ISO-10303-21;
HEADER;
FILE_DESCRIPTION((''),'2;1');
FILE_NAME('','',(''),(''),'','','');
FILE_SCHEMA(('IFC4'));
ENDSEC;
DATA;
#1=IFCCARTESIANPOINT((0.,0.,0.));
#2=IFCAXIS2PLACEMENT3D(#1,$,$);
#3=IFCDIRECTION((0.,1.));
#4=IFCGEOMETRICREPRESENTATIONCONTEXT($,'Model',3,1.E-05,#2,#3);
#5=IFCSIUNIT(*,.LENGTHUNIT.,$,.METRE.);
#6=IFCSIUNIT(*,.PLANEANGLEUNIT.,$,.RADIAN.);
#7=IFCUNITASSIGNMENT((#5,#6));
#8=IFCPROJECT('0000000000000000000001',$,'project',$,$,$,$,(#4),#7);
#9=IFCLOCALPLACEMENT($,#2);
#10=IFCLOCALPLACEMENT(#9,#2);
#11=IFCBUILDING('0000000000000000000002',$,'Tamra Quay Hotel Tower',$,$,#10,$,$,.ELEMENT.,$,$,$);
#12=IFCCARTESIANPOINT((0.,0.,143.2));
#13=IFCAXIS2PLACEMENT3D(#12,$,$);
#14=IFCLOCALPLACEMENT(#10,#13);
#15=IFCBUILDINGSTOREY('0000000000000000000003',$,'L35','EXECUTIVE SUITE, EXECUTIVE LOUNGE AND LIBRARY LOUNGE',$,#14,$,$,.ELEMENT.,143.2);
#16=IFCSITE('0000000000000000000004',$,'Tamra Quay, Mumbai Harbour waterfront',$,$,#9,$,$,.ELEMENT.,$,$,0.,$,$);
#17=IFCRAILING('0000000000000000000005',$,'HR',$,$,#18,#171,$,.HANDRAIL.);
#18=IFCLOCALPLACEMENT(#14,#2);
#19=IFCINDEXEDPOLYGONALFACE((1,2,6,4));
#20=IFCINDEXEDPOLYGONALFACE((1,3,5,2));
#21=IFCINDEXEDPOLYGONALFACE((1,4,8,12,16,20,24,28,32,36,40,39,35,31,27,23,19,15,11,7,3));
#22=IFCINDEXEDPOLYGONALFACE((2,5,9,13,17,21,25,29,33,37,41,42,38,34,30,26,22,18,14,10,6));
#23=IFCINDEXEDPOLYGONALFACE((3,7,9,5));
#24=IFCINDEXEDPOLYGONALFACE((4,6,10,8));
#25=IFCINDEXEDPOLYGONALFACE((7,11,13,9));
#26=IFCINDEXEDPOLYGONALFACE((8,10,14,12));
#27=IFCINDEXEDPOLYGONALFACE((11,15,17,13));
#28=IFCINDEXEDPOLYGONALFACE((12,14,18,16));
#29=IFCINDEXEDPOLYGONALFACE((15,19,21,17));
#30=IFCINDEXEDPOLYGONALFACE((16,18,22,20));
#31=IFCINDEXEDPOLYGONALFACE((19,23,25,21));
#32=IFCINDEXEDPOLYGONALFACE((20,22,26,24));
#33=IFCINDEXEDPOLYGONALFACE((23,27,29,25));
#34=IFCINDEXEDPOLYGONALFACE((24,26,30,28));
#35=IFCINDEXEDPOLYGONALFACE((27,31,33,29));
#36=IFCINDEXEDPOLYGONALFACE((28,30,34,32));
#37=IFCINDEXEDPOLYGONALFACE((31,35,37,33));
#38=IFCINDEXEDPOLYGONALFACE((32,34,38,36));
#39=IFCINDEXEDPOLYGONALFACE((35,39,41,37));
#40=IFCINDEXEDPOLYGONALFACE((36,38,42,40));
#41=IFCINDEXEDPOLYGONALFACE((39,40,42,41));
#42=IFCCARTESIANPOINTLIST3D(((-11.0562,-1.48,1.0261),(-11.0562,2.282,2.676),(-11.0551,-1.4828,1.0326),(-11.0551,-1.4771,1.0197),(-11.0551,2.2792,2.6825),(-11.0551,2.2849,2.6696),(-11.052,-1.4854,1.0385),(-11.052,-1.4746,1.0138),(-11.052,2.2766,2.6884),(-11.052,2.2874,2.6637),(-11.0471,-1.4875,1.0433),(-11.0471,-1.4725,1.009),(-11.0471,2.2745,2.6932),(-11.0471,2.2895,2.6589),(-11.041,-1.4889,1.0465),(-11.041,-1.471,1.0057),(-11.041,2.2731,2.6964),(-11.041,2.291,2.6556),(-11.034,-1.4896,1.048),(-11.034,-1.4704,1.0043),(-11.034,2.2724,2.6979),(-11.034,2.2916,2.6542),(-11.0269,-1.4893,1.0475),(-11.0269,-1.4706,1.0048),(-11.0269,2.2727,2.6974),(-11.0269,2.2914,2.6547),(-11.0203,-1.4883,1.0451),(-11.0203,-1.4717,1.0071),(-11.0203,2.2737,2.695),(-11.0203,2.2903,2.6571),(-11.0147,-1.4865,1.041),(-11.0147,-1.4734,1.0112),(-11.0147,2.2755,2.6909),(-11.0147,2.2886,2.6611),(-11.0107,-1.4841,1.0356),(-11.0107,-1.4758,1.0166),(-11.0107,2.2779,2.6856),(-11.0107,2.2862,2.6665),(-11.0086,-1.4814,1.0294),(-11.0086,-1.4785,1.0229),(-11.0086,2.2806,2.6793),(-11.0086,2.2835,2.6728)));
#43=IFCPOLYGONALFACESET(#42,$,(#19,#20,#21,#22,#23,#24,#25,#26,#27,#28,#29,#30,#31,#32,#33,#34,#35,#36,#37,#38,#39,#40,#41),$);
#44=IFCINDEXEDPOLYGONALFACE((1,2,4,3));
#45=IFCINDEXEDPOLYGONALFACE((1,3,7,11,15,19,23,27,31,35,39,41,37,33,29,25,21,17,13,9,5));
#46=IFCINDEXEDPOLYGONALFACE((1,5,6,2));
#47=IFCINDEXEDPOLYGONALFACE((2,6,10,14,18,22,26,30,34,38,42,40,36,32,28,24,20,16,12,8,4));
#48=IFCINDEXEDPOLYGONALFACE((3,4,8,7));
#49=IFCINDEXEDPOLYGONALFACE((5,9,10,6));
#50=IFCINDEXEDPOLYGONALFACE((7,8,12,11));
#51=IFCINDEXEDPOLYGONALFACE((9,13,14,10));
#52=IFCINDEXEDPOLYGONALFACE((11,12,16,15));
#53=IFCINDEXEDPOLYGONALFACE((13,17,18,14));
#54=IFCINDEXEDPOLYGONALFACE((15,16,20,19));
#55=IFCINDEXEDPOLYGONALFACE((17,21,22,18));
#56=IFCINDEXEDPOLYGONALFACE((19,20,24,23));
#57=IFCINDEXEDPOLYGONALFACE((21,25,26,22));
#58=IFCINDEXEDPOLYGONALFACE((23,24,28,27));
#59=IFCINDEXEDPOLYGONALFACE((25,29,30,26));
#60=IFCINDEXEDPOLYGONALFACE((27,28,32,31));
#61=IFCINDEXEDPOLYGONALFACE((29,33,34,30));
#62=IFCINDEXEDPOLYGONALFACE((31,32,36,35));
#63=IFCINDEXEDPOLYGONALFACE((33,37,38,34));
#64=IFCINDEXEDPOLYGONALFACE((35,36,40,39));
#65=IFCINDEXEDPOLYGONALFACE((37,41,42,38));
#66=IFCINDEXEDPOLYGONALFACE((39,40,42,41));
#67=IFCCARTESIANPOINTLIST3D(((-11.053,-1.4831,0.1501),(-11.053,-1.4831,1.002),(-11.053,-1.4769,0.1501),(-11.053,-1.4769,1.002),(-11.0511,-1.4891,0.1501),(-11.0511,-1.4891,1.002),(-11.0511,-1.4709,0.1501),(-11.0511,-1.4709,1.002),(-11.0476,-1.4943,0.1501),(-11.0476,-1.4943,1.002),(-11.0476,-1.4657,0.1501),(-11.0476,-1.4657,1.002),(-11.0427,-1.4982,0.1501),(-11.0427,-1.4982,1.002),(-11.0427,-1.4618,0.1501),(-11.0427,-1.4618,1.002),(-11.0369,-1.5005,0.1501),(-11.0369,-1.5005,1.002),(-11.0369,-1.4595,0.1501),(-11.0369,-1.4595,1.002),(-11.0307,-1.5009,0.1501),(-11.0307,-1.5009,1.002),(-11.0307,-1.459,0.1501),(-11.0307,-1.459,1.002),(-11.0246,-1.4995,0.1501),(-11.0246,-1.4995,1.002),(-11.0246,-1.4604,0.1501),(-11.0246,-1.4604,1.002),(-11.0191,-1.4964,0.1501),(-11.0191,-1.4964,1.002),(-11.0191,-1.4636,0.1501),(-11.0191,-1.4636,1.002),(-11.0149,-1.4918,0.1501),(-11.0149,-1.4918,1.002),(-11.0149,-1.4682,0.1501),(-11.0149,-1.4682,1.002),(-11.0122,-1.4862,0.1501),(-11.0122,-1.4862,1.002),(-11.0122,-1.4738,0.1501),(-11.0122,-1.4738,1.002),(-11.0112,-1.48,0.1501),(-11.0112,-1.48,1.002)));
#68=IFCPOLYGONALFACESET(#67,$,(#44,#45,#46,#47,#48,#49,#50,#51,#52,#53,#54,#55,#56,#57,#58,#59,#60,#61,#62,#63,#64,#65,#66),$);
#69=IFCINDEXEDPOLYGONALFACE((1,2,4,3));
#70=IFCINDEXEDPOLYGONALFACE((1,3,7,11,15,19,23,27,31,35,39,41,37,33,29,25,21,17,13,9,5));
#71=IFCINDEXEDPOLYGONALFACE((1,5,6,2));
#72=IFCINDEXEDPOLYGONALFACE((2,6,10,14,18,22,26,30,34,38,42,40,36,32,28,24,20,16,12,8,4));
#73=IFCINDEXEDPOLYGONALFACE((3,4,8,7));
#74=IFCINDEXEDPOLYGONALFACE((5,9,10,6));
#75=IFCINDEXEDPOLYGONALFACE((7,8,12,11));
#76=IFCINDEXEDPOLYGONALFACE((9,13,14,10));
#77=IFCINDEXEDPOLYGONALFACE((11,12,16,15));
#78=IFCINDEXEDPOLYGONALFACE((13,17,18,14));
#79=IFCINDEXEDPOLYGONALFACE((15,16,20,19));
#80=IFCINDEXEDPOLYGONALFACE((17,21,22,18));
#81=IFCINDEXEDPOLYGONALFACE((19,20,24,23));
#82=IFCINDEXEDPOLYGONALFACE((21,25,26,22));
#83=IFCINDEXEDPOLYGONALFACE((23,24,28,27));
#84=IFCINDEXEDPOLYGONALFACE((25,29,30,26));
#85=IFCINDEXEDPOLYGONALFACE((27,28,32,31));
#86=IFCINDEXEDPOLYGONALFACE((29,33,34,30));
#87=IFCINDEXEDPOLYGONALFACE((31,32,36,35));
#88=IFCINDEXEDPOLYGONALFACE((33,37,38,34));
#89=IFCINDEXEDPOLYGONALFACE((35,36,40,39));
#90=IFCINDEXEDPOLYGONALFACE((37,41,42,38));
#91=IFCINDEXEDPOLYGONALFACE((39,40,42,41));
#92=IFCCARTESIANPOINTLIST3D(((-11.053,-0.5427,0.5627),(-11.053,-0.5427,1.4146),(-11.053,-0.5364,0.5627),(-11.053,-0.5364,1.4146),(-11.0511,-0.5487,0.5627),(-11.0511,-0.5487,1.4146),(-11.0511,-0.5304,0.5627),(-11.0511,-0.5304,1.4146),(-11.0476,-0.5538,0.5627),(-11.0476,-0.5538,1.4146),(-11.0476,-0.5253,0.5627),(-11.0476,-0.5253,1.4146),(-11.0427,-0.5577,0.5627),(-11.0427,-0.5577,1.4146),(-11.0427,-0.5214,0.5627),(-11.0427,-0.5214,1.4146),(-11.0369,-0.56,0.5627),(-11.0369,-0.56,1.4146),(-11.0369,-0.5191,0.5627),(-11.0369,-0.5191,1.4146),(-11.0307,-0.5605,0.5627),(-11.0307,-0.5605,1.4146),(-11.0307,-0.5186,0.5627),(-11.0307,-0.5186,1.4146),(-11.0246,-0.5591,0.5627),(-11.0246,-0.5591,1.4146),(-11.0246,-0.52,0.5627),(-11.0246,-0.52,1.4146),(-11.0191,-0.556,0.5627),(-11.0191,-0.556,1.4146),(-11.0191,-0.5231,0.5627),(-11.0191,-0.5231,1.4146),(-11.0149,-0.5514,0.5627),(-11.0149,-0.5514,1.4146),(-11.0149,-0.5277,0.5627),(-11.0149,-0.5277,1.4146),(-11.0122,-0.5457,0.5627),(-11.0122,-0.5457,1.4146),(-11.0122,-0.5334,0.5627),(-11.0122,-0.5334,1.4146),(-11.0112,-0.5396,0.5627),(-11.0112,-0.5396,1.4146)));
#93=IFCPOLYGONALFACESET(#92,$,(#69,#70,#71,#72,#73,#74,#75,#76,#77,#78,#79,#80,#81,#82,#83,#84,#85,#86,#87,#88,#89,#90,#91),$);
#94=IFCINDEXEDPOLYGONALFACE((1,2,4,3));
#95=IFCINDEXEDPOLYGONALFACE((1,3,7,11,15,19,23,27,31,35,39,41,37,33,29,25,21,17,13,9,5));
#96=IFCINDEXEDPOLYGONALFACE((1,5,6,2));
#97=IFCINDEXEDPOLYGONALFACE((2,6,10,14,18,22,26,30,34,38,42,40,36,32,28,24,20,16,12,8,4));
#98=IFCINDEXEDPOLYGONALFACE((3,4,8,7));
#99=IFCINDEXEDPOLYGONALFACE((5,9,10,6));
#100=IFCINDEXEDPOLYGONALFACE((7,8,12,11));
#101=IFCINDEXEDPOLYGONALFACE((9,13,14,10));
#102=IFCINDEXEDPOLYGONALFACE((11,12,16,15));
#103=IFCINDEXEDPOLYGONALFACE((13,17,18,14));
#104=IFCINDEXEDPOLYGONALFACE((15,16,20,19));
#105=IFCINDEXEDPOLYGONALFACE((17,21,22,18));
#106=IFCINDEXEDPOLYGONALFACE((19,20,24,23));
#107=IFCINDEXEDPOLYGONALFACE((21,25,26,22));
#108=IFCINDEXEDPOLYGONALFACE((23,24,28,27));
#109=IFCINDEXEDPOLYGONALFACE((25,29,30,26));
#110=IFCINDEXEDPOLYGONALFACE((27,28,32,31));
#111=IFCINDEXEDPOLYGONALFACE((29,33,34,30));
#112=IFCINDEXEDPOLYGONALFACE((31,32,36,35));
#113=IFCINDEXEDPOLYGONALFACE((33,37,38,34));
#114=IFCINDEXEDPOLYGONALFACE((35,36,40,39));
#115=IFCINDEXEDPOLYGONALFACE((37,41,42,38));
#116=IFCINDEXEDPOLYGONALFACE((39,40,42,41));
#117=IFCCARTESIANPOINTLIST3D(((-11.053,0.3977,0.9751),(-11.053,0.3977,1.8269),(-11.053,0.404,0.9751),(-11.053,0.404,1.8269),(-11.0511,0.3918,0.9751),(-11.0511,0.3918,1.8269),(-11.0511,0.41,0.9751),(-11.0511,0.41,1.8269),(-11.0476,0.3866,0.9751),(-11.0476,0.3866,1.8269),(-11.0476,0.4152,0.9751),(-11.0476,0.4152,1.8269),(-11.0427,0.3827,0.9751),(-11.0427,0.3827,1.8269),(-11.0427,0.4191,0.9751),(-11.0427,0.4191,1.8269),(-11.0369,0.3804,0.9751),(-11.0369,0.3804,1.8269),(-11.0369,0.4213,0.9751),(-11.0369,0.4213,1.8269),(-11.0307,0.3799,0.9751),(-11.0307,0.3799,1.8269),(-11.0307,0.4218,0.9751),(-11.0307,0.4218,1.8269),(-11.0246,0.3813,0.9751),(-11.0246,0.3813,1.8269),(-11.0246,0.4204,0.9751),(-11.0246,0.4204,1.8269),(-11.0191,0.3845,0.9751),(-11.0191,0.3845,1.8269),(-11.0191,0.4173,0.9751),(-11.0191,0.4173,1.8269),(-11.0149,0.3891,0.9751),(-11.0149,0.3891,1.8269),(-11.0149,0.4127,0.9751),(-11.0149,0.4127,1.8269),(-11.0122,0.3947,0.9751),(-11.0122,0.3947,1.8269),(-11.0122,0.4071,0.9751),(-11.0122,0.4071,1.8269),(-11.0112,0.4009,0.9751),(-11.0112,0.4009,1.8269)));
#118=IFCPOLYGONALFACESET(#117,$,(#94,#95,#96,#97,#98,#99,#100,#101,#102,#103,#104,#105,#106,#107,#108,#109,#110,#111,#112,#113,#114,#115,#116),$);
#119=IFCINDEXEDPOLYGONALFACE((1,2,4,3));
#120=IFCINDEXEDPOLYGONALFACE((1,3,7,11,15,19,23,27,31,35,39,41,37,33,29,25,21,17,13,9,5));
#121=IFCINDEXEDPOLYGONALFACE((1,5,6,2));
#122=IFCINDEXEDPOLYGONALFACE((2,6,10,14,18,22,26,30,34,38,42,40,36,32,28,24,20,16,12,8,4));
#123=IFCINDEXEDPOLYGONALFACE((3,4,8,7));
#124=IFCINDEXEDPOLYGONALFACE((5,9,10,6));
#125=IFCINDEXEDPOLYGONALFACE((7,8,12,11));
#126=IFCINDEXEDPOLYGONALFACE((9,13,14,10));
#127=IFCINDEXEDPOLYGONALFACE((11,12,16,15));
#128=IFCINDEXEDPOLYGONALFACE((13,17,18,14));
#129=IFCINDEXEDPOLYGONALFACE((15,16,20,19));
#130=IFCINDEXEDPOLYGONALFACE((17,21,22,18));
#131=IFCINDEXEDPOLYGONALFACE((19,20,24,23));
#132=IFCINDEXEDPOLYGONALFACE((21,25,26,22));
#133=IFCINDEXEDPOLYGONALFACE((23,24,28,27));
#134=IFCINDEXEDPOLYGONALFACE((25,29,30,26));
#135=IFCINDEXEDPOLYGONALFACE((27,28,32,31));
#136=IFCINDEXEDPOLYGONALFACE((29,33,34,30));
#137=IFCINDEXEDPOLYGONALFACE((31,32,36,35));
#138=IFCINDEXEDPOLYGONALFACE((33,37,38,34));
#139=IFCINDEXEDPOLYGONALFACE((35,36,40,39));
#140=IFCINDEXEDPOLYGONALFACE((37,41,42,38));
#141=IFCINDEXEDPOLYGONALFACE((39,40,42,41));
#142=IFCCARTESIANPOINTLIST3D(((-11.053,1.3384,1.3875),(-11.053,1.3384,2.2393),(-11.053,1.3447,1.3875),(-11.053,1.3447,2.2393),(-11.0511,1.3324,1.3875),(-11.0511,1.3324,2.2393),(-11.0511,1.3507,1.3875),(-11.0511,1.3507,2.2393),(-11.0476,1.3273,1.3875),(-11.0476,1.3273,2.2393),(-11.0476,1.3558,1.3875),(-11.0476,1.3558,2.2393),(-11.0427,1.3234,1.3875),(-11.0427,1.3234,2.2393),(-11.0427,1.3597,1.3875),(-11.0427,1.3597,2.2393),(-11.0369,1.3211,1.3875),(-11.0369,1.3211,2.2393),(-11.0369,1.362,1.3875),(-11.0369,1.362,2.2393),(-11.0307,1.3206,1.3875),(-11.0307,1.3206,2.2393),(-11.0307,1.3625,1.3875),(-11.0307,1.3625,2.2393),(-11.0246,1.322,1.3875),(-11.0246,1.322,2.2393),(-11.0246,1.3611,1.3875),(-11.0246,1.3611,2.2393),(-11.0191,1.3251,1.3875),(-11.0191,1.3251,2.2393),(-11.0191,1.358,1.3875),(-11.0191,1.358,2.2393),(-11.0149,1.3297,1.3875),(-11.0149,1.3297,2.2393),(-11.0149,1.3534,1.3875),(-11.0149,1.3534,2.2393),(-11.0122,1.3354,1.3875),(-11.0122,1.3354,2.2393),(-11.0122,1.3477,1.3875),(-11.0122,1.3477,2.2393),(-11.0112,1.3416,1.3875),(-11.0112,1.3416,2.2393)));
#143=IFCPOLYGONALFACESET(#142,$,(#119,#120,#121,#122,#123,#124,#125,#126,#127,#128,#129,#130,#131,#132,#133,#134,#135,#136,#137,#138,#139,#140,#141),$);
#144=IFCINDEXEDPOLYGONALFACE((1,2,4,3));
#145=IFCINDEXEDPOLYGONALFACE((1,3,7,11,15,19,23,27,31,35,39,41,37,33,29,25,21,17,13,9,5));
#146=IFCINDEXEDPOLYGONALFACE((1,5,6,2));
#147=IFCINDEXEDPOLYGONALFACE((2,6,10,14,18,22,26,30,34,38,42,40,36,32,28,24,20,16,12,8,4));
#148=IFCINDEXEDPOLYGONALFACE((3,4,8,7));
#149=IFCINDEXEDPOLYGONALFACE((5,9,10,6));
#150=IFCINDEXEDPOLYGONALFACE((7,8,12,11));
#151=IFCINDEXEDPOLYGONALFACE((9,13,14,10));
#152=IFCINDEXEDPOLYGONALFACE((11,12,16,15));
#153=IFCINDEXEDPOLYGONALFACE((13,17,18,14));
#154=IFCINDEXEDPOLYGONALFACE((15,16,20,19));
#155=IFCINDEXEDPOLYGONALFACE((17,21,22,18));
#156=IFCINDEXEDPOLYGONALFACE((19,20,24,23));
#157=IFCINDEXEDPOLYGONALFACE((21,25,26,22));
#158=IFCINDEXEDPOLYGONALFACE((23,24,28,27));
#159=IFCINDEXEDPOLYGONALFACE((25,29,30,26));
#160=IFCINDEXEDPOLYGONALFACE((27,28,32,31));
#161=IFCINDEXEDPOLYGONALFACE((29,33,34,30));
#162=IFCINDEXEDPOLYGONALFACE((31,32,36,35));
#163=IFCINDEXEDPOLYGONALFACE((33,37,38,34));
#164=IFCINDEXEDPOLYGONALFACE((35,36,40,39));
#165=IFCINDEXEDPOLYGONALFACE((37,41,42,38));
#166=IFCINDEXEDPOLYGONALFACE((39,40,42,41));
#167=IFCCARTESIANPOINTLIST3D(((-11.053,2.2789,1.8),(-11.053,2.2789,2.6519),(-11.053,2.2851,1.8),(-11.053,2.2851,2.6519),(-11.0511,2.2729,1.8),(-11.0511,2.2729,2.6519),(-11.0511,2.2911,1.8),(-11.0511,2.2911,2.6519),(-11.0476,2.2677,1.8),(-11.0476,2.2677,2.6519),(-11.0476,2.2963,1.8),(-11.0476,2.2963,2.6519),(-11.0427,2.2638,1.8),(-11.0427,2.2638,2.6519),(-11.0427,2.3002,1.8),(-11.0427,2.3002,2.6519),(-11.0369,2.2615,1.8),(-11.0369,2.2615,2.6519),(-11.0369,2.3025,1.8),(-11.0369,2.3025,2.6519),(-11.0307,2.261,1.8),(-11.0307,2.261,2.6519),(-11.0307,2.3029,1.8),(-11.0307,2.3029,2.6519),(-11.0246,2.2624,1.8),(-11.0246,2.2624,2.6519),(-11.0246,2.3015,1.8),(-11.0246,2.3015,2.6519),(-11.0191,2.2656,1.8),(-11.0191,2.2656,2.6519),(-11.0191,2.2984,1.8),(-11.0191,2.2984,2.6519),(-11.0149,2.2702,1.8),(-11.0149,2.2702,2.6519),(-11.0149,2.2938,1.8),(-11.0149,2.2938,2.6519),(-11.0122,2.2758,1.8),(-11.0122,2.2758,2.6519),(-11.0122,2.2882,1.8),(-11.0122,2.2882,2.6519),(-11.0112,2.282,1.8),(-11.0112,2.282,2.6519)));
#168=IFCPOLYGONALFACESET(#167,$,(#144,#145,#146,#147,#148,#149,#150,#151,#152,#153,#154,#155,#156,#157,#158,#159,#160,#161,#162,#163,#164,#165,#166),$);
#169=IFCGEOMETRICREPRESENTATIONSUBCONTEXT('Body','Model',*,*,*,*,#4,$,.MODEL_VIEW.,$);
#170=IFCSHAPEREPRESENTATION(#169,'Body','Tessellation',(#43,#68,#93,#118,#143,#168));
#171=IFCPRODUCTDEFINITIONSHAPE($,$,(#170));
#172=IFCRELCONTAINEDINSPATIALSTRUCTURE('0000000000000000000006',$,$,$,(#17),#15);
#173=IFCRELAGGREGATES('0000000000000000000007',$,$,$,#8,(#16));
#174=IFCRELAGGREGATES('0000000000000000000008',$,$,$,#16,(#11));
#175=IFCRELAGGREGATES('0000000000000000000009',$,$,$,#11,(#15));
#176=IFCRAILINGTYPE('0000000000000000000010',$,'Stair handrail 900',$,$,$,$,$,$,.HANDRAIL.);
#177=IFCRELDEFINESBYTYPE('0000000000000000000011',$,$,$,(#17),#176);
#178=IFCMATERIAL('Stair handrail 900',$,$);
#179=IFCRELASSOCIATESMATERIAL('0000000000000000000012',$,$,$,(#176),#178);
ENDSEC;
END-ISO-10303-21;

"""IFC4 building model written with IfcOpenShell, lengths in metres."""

from ifc_helpers import new_model, si_unit, direction, frame, origin, origin_2d, place, context, subcontext, project, spatial, circle, extrude, material, type_object, element, save


model = new_model("IFC4")

# Units and contexts
model_context = context("Model", 3, precision=1e-05, world=origin(), true_north=direction((0.0, 1.0)))
body_context = subcontext(model_context, "Body", "Model", "MODEL_VIEW")
ifc_project = project(units=[si_unit("LENGTHUNIT", "METRE"), si_unit("PLANEANGLEUNIT", "RADIAN")], contexts=[model_context])

# Site, building, storey
site_placement = place(None, origin())
site = spatial("IfcSite", under=ifc_project, at=site_placement, Name="Tamra Quay, Mumbai Harbour waterfront", CompositionType="ELEMENT", RefElevation=0.0)
building_placement = place(site_placement, origin())
building = spatial("IfcBuilding", under=site, at=building_placement, Name="Tamra Quay Hotel Tower", CompositionType="ELEMENT")
storey_placement = place(building_placement, frame((0.0, 0.0, 143.2)))
storey = spatial("IfcBuildingStorey", under=building, at=storey_placement, Name="L35", Description="EXECUTIVE SUITE, EXECUTIVE LOUNGE AND LIBRARY LOUNGE", CompositionType="ELEMENT", Elevation=143.2)

# Railing
ifc_material_1 = material(Name="Stair handrail 900")
railing_type_1 = type_object("IfcRailingType", Name="Stair handrail 900", PredefinedType="HANDRAIL", material=ifc_material_1)
railing_1_placement = place(storey_placement, frame((-11.0322, -1.48, 0.1501)))
element("IfcRailing", 1, at=railing_1_placement, inside=storey, type_object=railing_type_1, Name="HR", PredefinedType="HANDRAIL", context=body_context, shape_type="SweptSolid", body=[
    extrude(circle(Radius=0.0239, at=origin_2d()), frame((0.0, 0.0, 0.876), z_axis=(0.0, 0.915795, 0.401645), x_axis=(-1.0, 0.0, 0.0)), (0.0, 0.0, 1.0), 4.1079),
    extrude(circle(Radius=0.021, at=origin_2d()), origin(), (0.0, 0.0, 1.0), 0.8518),
    extrude(circle(Radius=0.021, at=origin_2d()), frame((0.0, 0.9404, 0.4126)), (0.0, 0.0, 1.0), 0.8518),
    extrude(circle(Radius=0.021, at=origin_2d()), frame((0.0, 1.8809, 0.825)), (0.0, 0.0, 1.0), 0.8518),
    extrude(circle(Radius=0.021, at=origin_2d()), frame((0.0, 2.8215, 1.2373)), (0.0, 0.0, 1.0), 0.8518),
    extrude(circle(Radius=0.021, at=origin_2d()), frame((0.0, 3.762, 1.6499)), (0.0, 0.0, 1.0), 0.8518),
])

save(model, "model.ifc")
